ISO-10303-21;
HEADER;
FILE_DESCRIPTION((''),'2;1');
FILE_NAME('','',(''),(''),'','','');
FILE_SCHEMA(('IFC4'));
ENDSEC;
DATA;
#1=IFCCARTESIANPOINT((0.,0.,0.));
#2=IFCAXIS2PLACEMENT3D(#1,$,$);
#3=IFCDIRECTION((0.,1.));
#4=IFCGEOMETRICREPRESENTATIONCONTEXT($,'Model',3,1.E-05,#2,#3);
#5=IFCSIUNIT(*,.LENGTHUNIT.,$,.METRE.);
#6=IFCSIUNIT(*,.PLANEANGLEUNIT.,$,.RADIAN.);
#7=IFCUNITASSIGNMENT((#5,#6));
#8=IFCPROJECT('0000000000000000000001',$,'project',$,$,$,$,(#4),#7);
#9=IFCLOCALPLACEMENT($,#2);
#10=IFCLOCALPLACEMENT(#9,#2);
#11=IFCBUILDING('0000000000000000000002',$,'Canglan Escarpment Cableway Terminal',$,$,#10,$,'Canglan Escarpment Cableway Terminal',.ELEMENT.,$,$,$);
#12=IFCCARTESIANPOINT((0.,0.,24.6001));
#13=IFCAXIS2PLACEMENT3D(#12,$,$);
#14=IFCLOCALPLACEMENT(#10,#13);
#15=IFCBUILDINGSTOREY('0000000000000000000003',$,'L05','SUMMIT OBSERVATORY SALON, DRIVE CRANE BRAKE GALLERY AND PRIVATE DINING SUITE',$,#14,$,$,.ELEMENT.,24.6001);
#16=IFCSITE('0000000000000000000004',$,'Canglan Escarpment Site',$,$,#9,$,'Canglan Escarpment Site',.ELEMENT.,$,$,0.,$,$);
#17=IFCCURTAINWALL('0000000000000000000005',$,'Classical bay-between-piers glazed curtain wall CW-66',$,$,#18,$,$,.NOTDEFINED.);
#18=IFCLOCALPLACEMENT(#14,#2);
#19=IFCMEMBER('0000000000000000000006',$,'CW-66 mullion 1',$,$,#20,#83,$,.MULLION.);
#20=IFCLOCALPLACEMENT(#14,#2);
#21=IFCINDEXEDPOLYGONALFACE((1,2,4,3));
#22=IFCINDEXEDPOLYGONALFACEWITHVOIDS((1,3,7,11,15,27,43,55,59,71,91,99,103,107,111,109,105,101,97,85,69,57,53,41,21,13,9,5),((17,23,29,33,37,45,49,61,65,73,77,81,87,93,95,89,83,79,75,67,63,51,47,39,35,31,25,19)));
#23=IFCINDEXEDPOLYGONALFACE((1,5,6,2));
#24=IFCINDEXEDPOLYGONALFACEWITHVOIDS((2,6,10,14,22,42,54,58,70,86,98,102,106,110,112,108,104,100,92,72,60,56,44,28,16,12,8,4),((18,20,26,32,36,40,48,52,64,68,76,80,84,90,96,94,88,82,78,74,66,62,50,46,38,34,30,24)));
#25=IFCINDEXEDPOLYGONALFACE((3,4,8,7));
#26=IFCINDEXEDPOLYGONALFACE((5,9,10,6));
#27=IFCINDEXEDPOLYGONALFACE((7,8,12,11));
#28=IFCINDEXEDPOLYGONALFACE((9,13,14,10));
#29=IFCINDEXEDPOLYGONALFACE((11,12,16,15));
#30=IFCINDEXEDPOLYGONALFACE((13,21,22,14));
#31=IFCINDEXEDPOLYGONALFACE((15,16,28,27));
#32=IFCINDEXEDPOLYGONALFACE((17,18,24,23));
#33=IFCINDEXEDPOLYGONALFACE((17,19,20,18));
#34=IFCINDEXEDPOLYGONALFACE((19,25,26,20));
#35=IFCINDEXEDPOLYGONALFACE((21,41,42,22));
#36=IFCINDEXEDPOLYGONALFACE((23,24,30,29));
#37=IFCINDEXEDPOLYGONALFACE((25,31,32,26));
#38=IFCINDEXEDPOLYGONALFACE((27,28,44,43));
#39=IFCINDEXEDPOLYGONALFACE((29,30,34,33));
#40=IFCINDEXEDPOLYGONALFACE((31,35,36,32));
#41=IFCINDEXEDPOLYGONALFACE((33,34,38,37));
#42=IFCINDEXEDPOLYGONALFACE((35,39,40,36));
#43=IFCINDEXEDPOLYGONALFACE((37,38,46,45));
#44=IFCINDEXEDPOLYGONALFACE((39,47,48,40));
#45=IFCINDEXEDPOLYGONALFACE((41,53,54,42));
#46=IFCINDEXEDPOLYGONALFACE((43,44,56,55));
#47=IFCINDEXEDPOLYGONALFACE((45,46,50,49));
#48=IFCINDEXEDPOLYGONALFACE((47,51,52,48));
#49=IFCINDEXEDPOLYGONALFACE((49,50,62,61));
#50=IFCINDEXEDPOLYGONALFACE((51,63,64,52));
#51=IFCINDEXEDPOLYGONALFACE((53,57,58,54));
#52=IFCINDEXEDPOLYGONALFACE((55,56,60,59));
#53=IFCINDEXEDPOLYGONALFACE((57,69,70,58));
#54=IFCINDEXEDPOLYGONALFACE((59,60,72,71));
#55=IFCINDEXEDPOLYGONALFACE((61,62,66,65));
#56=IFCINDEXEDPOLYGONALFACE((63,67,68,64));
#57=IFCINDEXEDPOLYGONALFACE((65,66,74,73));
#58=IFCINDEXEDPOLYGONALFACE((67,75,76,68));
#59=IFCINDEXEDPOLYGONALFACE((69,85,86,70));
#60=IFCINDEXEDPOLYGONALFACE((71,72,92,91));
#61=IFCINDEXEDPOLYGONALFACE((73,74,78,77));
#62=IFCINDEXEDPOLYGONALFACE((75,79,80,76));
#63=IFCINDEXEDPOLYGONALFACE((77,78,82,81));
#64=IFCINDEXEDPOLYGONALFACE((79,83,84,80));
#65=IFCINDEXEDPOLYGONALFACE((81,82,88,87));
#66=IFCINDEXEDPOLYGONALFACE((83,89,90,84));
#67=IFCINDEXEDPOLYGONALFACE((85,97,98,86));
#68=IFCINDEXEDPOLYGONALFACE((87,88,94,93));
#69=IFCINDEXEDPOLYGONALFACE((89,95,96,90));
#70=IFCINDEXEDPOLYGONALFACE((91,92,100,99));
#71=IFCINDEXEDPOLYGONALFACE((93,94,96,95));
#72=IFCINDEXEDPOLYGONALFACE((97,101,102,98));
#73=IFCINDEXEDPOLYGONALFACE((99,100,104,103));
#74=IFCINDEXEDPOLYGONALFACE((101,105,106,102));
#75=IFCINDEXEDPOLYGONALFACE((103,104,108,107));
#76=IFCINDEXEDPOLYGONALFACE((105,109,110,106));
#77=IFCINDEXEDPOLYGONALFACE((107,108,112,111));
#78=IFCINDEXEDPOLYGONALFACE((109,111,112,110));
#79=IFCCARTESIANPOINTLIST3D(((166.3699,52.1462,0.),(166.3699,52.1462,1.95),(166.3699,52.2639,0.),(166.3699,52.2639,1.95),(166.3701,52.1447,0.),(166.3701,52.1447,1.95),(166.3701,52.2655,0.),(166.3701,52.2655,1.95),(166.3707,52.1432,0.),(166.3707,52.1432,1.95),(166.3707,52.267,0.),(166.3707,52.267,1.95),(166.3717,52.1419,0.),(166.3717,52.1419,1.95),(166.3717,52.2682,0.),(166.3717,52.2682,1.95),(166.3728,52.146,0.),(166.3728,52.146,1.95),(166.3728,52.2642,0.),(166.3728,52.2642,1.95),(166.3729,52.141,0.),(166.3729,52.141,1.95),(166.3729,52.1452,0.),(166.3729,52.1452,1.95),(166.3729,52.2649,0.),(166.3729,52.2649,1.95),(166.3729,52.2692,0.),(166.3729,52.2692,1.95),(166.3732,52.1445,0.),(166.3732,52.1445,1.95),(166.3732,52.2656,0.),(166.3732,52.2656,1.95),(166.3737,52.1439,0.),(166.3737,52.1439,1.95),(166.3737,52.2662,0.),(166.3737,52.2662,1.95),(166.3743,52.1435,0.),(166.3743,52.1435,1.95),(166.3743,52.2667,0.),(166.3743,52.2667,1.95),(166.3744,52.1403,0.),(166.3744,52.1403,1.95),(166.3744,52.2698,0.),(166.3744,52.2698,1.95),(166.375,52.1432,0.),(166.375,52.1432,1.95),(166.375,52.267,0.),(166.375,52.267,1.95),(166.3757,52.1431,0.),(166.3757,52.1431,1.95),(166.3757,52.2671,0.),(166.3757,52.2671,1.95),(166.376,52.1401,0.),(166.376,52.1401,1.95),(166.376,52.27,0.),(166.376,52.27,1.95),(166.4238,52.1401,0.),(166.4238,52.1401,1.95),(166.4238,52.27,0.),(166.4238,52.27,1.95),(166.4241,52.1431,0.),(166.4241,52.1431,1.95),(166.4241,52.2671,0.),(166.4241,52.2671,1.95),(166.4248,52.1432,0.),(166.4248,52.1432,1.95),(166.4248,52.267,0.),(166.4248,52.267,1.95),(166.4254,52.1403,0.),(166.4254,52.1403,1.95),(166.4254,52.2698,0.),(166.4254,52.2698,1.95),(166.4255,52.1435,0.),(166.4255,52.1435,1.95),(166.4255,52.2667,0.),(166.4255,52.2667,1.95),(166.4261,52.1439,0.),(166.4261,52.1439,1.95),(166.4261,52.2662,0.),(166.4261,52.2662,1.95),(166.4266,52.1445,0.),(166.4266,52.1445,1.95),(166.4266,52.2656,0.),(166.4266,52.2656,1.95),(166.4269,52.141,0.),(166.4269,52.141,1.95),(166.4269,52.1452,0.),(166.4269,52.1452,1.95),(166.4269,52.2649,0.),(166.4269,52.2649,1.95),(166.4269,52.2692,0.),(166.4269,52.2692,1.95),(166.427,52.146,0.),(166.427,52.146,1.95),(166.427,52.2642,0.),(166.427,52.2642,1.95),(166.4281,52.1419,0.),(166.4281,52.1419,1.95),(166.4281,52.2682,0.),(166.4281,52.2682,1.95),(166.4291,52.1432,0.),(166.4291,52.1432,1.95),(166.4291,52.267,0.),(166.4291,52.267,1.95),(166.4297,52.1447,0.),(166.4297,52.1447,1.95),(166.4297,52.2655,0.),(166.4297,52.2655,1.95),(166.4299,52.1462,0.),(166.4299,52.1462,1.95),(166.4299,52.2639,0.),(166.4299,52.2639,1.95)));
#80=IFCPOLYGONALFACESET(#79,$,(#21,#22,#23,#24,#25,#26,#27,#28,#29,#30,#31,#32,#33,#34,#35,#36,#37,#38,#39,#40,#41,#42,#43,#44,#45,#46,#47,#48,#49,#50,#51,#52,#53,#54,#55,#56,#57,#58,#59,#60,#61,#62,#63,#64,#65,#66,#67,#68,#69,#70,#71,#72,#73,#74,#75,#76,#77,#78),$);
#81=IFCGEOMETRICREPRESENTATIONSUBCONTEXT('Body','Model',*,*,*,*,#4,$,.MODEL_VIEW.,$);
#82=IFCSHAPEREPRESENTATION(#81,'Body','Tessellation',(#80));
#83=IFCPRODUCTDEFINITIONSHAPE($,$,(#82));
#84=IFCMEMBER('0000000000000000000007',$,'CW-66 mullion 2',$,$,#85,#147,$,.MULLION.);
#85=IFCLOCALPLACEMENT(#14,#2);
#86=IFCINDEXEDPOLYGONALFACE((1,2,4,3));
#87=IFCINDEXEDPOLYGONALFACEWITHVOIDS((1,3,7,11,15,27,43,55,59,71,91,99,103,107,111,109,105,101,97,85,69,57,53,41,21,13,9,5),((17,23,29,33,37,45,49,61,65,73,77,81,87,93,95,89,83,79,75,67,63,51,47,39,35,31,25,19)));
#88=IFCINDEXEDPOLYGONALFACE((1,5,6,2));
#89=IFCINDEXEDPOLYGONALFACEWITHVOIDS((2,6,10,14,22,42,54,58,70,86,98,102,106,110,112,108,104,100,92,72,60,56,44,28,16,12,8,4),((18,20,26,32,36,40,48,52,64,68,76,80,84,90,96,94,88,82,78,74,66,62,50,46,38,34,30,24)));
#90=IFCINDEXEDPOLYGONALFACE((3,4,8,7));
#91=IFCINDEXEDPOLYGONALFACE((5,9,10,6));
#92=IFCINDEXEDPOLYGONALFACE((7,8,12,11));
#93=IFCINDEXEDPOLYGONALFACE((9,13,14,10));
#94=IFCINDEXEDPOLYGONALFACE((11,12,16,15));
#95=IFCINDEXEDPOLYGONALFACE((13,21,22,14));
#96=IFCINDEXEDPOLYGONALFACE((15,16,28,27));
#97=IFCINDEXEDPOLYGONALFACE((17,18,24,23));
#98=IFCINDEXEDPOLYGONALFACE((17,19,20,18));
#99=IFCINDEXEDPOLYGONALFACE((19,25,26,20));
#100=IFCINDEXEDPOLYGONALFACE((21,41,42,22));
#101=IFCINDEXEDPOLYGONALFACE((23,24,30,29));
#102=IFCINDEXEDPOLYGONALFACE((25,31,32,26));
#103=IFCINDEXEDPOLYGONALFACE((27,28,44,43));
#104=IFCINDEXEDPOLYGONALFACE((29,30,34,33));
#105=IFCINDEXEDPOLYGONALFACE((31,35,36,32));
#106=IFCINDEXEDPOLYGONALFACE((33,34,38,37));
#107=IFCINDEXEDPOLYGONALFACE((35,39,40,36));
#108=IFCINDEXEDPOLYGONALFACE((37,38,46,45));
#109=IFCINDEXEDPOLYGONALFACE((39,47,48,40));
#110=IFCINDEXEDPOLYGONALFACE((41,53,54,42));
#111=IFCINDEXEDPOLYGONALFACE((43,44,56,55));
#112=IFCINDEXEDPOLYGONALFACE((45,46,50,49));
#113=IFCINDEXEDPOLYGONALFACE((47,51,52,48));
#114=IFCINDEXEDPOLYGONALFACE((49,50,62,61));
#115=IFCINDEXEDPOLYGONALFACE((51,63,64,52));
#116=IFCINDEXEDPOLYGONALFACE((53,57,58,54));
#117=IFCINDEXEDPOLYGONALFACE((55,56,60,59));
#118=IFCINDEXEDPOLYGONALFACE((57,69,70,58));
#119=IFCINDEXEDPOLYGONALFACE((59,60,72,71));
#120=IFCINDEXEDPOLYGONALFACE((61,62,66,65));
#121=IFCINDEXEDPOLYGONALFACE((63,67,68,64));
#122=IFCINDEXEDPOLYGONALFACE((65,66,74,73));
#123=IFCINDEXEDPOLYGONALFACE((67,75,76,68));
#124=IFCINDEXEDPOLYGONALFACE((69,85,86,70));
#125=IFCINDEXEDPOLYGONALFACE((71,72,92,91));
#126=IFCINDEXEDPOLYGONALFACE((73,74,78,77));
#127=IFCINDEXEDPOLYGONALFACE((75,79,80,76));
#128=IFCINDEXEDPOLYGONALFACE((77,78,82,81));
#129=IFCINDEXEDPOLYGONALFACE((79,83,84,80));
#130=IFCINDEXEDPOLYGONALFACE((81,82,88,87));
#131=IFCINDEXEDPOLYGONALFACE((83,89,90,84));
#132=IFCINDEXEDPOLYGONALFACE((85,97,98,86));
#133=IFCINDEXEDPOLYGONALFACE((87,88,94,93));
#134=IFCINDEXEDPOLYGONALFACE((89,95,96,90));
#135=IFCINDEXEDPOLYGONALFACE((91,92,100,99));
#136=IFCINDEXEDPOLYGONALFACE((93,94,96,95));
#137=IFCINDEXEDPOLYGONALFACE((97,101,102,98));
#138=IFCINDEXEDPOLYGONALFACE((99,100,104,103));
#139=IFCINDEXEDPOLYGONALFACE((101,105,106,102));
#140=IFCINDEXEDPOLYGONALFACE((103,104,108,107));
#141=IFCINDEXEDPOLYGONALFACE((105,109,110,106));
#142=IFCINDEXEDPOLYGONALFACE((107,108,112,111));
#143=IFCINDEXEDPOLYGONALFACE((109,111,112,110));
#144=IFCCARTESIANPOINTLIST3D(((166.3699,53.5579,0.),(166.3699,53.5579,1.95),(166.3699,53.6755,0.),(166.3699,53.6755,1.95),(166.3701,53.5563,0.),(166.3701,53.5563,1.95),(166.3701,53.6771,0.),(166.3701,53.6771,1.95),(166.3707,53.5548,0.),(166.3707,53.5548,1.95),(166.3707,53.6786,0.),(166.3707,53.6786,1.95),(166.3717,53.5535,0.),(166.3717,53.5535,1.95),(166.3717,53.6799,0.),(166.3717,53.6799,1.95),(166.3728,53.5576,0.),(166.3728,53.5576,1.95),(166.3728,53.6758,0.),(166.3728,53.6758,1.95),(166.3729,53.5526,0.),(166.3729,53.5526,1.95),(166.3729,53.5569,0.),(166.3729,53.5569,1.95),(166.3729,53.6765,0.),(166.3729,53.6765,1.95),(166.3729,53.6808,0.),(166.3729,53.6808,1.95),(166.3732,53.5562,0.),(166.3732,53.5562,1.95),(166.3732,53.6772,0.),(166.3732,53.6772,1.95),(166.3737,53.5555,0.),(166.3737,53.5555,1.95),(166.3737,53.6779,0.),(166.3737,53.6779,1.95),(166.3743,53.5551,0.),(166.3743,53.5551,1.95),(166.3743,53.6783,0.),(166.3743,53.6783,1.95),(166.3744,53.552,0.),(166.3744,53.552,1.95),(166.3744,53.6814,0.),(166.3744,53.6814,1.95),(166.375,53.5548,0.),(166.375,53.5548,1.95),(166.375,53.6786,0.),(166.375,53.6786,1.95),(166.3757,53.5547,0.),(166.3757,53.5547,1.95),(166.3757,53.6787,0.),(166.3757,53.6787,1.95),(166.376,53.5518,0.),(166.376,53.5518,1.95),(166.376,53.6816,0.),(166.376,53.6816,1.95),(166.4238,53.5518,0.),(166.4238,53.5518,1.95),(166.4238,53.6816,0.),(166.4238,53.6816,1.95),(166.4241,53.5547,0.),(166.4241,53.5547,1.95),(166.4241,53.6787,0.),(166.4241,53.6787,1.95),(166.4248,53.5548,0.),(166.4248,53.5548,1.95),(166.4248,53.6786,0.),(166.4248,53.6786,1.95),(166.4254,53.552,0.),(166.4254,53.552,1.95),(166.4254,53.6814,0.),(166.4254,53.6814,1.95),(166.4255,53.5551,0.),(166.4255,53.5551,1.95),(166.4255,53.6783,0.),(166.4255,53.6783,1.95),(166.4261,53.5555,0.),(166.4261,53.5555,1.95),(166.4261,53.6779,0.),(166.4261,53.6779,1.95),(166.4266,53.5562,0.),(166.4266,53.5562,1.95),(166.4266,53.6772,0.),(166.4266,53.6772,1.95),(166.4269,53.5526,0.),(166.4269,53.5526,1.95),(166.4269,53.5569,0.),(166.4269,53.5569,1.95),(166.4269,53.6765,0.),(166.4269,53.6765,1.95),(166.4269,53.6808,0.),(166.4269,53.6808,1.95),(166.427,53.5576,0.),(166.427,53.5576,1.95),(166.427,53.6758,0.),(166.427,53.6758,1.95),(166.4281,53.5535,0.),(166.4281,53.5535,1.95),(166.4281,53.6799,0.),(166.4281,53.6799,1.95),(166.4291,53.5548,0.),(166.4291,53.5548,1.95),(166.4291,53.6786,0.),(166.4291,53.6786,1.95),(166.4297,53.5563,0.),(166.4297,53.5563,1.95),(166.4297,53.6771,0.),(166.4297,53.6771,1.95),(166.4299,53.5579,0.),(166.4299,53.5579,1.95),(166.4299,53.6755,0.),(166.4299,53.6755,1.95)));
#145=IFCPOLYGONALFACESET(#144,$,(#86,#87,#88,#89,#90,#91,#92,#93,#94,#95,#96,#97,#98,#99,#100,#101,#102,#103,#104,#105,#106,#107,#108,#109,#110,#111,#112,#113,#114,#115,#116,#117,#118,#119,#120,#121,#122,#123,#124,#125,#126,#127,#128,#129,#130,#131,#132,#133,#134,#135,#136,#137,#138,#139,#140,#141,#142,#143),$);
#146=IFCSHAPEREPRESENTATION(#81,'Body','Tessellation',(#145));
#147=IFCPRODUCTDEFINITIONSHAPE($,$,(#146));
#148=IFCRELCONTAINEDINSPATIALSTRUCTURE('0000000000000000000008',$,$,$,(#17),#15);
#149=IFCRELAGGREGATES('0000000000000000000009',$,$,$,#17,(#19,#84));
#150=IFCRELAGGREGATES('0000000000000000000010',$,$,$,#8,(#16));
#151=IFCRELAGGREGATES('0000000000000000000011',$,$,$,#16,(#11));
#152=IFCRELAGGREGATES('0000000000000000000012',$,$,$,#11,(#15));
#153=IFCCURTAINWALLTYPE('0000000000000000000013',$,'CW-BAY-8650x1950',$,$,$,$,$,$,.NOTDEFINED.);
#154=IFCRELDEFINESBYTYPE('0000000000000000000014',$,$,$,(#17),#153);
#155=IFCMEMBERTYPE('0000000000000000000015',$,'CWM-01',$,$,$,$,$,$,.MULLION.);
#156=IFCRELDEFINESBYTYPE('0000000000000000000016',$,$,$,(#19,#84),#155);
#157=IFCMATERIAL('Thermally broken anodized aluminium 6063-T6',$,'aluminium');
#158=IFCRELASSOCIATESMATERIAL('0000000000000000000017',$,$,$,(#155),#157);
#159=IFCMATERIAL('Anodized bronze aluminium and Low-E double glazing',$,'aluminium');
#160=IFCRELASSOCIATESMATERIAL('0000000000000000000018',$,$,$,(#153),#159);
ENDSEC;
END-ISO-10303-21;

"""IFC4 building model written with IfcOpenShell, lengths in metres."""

from ifc_helpers import new_model, si_unit, direction, frame, origin, origin_2d, place, context, subcontext, project, spatial, hollow_rectangle, extrude, material, material_profile, profile_set, type_object, element, aggregate, save


model = new_model("IFC4")

# Units and contexts
model_context = context("Model", 3, precision=1e-05, world=origin(), true_north=direction((0.0, 1.0)))
body_context = subcontext(model_context, "Body", "Model", "MODEL_VIEW")
ifc_project = project(units=[si_unit("LENGTHUNIT", "METRE"), si_unit("PLANEANGLEUNIT", "RADIAN")], contexts=[model_context])

# Site, building, storey
site_placement = place(None, origin())
site = spatial("IfcSite", under=ifc_project, at=site_placement, Name="Canglan Escarpment Site", LongName="Canglan Escarpment Site", CompositionType="ELEMENT", RefElevation=0.0)
building_placement = place(site_placement, origin())
building = spatial("IfcBuilding", under=site, at=building_placement, Name="Canglan Escarpment Cableway Terminal", LongName="Canglan Escarpment Cableway Terminal", CompositionType="ELEMENT")
storey_placement = place(building_placement, frame((0.0, 0.0, 24.6001)))
storey = spatial("IfcBuildingStorey", under=building, at=storey_placement, Name="L05", Description="SUMMIT OBSERVATORY SALON, DRIVE CRANE BRAKE GALLERY AND PRIVATE DINING SUITE", CompositionType="ELEMENT", Elevation=24.6001)

# Shared definitions
ifc_material_1 = material(Name="Anodized bronze aluminium and Low-E double glazing", Category="aluminium")
ifc_material_2 = material(Name="Thermally broken anodized aluminium 6063-T6", Category="aluminium")
ifc_material_profile_1 = material_profile(ifc_material_2, hollow_rectangle(XDim=0.0601, YDim=0.1299, WallThickness=0.0029, InnerFilletRadius=0.0029, OuterFilletRadius=0.0061, at=origin_2d()), Name="ALU-MULL 60x130x3")
ifc_profile_set_1 = profile_set([ifc_material_profile_1], Name="Thermally broken anodized aluminium 6063-T6")
member_type_1 = type_object("IfcMemberType", Name="CWM-01", PredefinedType="MULLION", material=ifc_profile_set_1)

# Curtain wall, members
curtain_wall_type_1 = type_object("IfcCurtainWallType", Name="CW-BAY-8650x1950", PredefinedType="NOTDEFINED", material=ifc_material_1)
curtain_wall_1_placement = place(storey_placement, origin())
curtain_wall_1 = element("IfcCurtainWall", 1, at=curtain_wall_1_placement, inside=storey, type_object=curtain_wall_type_1, Name="Classical bay-between-piers glazed curtain wall CW-66", PredefinedType="NOTDEFINED")
member_1_placement = place(storey_placement, frame((166.3999, 52.2051, 0.0), z_axis=(0.0, 0.0, 1.0), x_axis=(-1.0, 0.0, 0.0)))
member_1 = element("IfcMember", 2, at=member_1_placement, type_object=member_type_1, Name="CW-66 mullion 1", PredefinedType="MULLION", context=body_context, shape_type="SweptSolid", body=[
    extrude(hollow_rectangle(XDim=0.0601, YDim=0.1299, WallThickness=0.0029, InnerFilletRadius=0.0029, OuterFilletRadius=0.0061, at=origin_2d()), origin(), (0.0, 0.0, 1.0), 1.95),
])
member_2_placement = place(storey_placement, frame((166.3999, 53.6167, 0.0), z_axis=(0.0, 0.0, 1.0), x_axis=(-1.0, 0.0, 0.0)))
member_2 = element("IfcMember", 3, at=member_2_placement, type_object=member_type_1, Name="CW-66 mullion 2", PredefinedType="MULLION", context=body_context, shape_type="SweptSolid", body=[
    extrude(hollow_rectangle(XDim=0.0601, YDim=0.1299, WallThickness=0.0029, InnerFilletRadius=0.0029, OuterFilletRadius=0.0061, at=origin_2d()), origin(), (0.0, 0.0, 1.0), 1.95),
])

aggregate(curtain_wall_1, [member_1, member_2])

save(model, "model.ifc")
